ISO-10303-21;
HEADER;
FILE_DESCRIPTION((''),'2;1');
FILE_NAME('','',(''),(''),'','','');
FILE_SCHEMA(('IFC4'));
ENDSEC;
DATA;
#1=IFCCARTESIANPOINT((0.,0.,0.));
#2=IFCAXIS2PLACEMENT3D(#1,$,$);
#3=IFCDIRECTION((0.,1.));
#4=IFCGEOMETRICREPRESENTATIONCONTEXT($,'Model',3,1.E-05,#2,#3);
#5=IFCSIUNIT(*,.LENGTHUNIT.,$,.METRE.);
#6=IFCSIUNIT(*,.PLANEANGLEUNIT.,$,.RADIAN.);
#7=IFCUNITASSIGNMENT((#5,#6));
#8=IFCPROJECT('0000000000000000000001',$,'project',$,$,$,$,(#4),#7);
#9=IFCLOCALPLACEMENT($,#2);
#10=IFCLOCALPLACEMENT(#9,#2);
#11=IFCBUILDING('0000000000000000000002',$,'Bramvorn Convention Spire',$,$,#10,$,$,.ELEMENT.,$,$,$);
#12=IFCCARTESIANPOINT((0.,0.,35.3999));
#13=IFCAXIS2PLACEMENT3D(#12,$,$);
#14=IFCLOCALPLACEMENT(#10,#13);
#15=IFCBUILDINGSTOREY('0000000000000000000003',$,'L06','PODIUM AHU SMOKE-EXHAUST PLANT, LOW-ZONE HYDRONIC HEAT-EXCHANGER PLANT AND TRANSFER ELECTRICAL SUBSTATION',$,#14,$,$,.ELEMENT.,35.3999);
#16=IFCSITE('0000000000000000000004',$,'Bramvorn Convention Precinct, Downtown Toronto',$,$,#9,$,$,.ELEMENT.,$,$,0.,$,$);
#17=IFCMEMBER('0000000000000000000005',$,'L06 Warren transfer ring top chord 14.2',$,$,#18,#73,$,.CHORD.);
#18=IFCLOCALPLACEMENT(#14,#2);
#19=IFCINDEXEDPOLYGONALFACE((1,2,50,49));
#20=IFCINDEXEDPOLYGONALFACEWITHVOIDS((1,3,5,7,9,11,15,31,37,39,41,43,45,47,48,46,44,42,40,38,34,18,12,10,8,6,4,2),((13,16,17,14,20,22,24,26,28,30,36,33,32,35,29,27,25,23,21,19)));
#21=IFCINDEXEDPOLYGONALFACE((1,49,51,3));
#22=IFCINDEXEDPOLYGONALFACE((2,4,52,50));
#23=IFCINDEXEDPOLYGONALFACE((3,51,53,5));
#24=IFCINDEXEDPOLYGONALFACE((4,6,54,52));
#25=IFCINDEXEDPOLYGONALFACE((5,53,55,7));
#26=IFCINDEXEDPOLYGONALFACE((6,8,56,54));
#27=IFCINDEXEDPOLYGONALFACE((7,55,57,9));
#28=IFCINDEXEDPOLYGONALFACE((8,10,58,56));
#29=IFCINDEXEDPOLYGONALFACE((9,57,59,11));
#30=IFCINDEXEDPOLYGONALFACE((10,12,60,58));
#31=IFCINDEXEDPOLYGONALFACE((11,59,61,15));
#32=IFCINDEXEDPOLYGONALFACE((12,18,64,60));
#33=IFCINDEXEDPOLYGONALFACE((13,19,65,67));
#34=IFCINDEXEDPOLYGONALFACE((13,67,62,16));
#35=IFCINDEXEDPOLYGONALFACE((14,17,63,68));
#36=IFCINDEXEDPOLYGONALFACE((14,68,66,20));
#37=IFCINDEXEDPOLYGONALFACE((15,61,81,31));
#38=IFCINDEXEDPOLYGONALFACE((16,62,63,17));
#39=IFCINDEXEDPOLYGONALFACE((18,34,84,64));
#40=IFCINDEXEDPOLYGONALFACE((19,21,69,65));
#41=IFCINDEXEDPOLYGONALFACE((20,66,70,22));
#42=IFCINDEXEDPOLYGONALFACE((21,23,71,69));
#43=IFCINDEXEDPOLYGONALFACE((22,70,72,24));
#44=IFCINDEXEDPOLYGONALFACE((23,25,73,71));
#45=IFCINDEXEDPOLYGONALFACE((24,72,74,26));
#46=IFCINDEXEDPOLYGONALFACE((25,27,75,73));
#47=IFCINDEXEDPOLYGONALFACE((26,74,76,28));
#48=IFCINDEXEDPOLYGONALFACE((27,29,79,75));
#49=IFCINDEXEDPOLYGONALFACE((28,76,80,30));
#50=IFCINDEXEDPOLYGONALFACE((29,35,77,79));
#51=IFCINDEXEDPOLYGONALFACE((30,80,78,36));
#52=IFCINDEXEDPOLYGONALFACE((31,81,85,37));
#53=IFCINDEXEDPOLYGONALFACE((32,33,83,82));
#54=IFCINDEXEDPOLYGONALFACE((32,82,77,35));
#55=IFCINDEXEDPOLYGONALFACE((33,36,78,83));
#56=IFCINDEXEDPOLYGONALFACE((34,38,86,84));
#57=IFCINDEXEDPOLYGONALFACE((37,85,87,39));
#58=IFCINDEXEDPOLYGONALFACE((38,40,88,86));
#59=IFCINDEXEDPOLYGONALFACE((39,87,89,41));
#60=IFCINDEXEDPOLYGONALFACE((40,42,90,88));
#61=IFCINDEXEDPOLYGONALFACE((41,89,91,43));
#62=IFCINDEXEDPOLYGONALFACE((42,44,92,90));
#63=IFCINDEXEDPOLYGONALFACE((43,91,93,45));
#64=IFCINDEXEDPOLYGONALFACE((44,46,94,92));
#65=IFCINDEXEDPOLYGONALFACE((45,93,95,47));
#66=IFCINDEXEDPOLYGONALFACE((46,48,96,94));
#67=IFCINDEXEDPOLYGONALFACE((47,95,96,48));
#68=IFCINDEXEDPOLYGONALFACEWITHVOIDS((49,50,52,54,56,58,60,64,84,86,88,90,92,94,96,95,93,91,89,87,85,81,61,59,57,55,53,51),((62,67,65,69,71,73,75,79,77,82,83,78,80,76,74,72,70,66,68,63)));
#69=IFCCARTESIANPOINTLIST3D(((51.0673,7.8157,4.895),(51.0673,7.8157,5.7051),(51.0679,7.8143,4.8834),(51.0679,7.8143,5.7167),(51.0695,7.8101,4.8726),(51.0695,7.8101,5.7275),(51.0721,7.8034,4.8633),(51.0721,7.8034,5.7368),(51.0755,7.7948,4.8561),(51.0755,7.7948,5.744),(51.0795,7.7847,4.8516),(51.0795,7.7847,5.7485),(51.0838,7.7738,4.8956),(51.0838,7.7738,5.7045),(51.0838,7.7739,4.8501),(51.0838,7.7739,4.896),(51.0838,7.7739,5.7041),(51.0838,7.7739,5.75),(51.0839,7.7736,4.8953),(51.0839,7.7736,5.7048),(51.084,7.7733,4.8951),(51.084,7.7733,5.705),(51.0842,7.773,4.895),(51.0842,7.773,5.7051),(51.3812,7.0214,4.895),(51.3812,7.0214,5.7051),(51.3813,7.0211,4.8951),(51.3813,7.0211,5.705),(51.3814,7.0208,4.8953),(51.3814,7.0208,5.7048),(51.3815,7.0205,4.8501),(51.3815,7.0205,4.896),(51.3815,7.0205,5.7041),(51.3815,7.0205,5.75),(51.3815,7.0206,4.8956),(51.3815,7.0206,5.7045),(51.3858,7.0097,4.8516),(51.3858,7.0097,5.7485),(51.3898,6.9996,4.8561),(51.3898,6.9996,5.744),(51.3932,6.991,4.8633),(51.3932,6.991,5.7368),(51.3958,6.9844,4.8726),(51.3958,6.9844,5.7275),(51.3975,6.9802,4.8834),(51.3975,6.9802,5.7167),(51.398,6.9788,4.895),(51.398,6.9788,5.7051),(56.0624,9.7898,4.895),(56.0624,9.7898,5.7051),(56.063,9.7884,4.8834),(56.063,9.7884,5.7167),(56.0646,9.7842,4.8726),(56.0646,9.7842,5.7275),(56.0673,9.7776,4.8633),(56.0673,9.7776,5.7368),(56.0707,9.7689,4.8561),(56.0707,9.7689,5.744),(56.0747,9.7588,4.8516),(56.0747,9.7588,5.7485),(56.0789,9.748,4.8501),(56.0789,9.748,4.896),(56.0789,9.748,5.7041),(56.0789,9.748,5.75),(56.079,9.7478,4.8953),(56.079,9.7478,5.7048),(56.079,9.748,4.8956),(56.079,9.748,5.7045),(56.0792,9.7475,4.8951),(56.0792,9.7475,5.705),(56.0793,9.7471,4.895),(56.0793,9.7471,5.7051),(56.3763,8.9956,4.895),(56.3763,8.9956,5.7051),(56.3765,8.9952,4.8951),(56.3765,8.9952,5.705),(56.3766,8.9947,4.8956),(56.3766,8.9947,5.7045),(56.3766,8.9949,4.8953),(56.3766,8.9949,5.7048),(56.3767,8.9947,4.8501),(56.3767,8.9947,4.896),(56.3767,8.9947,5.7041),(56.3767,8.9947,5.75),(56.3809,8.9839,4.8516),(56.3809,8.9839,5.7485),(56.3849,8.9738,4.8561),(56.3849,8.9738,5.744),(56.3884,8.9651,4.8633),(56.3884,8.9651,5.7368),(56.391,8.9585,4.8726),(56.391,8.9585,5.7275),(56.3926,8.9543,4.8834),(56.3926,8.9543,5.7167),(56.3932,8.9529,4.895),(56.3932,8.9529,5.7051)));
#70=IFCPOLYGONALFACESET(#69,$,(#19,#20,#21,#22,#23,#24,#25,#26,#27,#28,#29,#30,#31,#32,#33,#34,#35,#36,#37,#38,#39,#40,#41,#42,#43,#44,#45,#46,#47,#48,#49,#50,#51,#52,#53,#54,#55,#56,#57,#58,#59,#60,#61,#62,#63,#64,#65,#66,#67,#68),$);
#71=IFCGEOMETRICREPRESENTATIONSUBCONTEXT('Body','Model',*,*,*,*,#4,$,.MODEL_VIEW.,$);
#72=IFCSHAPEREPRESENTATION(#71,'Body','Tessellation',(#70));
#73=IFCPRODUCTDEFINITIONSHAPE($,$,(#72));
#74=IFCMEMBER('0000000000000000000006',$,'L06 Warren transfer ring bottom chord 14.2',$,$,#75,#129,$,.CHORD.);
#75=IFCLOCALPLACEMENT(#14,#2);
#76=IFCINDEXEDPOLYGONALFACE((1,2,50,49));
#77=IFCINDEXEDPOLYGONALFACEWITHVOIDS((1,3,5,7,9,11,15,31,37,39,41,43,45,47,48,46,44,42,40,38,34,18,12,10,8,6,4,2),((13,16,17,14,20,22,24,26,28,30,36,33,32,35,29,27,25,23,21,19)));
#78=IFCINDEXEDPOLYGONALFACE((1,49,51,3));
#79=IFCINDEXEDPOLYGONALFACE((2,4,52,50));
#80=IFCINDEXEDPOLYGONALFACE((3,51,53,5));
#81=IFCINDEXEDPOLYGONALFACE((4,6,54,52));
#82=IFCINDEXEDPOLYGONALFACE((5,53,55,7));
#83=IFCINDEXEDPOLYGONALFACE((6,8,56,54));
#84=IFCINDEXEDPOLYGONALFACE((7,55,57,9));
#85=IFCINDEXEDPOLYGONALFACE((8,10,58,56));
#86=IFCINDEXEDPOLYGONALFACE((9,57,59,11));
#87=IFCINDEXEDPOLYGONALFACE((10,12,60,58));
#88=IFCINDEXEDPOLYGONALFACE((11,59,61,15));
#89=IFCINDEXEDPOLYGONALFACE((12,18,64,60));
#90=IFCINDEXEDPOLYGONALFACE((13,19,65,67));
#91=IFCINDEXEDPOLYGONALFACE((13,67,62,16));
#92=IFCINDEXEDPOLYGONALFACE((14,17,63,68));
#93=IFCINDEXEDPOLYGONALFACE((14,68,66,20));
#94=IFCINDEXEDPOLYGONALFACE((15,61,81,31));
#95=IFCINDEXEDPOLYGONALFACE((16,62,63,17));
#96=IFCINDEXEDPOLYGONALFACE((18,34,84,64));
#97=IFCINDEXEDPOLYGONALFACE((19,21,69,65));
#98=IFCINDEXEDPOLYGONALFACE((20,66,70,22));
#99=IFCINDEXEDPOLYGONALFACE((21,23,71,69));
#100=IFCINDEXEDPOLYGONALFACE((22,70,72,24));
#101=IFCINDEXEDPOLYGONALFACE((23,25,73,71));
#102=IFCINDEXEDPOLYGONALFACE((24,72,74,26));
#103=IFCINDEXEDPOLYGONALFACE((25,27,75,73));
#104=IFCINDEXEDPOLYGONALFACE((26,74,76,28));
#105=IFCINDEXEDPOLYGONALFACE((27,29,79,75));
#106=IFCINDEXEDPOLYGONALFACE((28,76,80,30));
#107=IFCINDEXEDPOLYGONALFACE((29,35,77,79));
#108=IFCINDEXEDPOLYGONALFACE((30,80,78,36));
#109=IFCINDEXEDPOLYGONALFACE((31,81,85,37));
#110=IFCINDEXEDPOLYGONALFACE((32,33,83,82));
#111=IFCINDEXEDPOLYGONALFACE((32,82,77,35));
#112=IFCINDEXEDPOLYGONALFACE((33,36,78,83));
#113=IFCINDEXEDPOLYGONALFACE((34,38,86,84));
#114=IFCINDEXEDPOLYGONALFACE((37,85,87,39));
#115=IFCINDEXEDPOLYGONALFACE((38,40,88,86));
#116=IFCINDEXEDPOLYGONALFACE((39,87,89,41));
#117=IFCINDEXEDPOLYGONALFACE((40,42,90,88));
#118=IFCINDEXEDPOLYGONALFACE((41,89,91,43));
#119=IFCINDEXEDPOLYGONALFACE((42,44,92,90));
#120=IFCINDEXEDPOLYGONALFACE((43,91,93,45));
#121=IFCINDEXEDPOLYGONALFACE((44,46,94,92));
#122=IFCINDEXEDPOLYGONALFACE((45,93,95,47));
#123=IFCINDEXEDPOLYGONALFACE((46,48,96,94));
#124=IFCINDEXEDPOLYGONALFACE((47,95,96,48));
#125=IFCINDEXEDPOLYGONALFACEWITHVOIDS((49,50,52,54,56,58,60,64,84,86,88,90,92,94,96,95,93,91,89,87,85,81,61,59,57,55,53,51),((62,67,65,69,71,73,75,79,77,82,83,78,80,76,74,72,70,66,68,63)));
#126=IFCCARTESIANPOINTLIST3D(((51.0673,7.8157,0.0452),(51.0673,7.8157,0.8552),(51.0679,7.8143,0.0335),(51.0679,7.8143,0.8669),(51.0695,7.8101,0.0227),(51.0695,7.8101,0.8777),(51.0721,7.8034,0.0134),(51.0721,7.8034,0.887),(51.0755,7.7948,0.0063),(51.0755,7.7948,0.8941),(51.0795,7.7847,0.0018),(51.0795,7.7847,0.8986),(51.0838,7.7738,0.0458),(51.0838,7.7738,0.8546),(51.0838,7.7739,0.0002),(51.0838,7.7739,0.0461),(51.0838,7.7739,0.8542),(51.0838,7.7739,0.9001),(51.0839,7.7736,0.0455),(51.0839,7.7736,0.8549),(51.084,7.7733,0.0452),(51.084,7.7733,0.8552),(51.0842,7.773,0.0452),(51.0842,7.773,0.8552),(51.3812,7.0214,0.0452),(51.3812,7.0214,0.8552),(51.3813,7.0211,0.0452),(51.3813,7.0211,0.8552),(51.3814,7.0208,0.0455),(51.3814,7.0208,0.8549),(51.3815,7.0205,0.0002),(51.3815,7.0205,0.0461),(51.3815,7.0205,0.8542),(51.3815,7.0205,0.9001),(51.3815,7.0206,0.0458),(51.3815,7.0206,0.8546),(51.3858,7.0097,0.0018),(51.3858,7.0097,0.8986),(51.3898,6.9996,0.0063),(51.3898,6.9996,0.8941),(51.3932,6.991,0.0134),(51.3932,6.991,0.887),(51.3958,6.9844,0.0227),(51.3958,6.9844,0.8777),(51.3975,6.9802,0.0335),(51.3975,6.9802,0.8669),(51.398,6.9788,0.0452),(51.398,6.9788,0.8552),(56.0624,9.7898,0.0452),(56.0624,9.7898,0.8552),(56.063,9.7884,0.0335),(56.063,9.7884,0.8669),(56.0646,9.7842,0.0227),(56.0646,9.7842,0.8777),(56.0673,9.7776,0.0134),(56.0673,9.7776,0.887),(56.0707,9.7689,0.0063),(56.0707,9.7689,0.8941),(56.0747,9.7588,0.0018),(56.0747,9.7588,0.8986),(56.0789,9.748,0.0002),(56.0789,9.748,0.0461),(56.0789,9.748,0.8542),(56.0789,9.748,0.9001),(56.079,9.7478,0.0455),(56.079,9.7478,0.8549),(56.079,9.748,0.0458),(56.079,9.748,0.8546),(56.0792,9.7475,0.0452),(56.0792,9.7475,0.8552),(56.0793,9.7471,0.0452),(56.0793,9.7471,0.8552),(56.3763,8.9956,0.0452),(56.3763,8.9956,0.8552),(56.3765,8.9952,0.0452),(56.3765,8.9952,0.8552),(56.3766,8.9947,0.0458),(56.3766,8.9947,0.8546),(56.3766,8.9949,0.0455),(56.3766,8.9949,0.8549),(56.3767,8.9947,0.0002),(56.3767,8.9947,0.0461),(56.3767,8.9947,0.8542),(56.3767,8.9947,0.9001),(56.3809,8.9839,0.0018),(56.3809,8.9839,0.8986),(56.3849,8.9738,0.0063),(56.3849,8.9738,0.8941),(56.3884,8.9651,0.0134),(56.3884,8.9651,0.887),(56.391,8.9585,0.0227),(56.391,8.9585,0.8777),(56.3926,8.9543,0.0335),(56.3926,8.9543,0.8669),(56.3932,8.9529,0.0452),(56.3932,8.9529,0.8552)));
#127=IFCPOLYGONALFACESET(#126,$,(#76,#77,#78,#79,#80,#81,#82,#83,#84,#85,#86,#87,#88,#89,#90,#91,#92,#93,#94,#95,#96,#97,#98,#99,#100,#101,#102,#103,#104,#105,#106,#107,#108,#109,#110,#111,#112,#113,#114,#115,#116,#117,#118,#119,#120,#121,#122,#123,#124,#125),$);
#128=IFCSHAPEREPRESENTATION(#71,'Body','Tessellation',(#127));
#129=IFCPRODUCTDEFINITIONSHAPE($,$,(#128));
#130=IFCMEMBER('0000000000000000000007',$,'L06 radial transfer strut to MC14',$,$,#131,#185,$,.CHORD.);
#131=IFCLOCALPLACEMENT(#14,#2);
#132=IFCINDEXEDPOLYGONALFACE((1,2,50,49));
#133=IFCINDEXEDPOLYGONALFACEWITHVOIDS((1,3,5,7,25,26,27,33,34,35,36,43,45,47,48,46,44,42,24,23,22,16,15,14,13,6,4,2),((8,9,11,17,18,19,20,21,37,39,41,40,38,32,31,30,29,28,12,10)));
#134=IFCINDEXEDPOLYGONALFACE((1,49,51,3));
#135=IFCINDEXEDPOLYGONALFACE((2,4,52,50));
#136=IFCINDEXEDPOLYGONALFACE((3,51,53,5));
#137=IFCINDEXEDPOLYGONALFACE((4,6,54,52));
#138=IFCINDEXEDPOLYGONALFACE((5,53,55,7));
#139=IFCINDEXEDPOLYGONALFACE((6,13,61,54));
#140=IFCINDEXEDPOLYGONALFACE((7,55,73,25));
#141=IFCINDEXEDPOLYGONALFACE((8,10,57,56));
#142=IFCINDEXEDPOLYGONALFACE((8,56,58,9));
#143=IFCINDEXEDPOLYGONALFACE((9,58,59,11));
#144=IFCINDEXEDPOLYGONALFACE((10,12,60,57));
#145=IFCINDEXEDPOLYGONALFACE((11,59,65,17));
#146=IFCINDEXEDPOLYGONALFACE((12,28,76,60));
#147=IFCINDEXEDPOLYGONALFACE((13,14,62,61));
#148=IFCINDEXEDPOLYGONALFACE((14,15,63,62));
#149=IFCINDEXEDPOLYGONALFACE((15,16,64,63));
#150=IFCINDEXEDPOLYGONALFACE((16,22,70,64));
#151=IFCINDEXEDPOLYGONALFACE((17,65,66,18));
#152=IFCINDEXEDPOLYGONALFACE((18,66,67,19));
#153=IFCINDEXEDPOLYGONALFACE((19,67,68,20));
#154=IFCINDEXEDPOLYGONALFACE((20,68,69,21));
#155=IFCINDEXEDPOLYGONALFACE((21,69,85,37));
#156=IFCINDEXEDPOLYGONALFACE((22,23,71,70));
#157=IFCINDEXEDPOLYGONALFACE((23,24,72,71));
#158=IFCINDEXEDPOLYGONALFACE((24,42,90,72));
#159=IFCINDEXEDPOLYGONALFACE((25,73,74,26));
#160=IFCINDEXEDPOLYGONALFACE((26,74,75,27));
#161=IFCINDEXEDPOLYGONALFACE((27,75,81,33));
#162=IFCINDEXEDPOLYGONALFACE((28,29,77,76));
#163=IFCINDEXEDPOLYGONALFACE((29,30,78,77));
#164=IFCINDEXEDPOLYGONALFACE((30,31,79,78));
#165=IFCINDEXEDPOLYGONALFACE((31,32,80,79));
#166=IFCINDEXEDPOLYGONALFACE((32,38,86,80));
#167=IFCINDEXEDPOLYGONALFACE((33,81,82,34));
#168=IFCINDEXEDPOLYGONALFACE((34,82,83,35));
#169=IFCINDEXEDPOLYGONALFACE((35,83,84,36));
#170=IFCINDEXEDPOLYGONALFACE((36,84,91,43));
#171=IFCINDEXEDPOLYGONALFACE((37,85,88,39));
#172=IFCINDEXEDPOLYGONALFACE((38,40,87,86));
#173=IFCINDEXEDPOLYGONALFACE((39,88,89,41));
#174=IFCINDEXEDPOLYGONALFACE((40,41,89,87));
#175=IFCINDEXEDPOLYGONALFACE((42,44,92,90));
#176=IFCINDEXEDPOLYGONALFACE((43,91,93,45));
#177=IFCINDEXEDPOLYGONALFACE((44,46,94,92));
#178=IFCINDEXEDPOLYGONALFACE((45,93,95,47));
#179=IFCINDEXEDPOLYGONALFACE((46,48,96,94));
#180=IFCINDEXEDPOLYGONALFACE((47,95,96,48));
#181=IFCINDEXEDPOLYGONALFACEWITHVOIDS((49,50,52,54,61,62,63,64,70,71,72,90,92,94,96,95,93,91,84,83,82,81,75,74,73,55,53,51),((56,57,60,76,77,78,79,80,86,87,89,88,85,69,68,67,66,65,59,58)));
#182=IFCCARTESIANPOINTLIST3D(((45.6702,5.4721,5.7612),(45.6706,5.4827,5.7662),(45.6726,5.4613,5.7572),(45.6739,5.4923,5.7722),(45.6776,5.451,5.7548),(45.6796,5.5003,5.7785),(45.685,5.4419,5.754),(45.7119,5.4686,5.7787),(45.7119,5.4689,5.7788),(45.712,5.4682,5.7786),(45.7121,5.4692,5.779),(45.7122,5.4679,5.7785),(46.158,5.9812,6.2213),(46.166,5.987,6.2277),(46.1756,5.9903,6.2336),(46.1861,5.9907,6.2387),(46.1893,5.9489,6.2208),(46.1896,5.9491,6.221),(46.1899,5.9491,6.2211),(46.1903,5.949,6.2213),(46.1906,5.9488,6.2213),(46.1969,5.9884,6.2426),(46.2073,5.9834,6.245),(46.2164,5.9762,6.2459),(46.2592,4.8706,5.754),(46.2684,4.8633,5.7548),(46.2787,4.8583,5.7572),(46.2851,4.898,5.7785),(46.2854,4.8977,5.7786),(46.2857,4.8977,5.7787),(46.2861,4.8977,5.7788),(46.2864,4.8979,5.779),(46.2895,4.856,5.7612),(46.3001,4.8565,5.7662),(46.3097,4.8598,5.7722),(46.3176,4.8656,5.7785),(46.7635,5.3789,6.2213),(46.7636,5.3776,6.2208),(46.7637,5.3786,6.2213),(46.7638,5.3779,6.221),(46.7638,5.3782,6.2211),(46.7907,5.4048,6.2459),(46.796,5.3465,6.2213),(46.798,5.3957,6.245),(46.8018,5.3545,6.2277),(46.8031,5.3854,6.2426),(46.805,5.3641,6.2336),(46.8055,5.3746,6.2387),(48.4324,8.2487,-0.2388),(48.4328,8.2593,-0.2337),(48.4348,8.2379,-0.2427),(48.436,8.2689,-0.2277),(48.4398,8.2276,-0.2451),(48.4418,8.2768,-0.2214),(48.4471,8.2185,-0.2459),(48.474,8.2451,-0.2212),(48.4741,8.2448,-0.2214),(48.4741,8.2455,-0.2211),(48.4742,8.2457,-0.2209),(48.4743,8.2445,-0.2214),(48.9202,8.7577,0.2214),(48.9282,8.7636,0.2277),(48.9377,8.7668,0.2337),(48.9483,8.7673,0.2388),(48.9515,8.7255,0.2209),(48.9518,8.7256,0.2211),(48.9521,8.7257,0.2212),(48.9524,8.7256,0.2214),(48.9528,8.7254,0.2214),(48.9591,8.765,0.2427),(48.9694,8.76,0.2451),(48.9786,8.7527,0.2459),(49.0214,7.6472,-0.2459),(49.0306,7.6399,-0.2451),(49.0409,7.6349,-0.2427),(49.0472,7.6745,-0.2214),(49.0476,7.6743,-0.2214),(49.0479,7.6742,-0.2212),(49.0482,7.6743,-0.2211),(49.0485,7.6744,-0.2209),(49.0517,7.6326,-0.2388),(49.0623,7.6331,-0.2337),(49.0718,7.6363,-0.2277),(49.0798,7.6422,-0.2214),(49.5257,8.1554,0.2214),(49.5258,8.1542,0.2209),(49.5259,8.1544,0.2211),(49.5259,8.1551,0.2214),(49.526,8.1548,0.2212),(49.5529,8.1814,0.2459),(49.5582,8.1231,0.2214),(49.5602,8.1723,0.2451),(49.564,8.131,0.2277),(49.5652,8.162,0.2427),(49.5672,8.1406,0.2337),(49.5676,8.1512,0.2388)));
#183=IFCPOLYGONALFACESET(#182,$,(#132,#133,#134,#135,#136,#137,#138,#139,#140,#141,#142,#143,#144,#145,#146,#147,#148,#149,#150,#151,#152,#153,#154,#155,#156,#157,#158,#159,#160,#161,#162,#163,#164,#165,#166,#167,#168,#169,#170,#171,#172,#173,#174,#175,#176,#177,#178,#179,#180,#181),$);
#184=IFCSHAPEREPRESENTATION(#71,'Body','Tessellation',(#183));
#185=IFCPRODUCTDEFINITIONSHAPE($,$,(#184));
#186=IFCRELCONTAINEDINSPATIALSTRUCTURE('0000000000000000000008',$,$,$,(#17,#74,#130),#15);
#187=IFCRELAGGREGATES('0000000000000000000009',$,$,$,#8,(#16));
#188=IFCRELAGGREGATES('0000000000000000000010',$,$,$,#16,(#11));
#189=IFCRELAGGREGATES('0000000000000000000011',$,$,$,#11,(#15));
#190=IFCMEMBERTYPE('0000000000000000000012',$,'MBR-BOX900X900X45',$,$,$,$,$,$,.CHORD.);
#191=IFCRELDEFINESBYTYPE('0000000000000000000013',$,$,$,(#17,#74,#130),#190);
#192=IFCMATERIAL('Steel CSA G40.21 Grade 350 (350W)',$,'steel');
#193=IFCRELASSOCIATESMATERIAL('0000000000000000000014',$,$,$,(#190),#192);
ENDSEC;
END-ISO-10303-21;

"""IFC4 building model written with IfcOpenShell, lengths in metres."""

from ifc_helpers import new_model, si_unit, direction, frame, origin, origin_2d, place, context, subcontext, project, spatial, hollow_rectangle, extrude, material, material_profile, profile_set, type_object, element, save


model = new_model("IFC4")

# Units and contexts
model_context = context("Model", 3, precision=1e-05, world=origin(), true_north=direction((0.0, 1.0)))
body_context = subcontext(model_context, "Body", "Model", "MODEL_VIEW")
ifc_project = project(units=[si_unit("LENGTHUNIT", "METRE"), si_unit("PLANEANGLEUNIT", "RADIAN")], contexts=[model_context])

# Site, building, storey
site_placement = place(None, origin())
site = spatial("IfcSite", under=ifc_project, at=site_placement, Name="Bramvorn Convention Precinct, Downtown Toronto", CompositionType="ELEMENT", RefElevation=0.0)
building_placement = place(site_placement, origin())
building = spatial("IfcBuilding", under=site, at=building_placement, Name="Bramvorn Convention Spire", CompositionType="ELEMENT")
storey_placement = place(building_placement, frame((0.0, 0.0, 35.3999)))
storey = spatial("IfcBuildingStorey", under=building, at=storey_placement, Name="L06", Description="PODIUM AHU SMOKE-EXHAUST PLANT, LOW-ZONE HYDRONIC HEAT-EXCHANGER PLANT AND TRANSFER ELECTRICAL SUBSTATION", CompositionType="ELEMENT", Elevation=35.3999)

# Shared definitions
ifc_material_1 = material(Name="Steel CSA G40.21 Grade 350 (350W)", Category="steel")

# Members
ifc_material_profile_1 = material_profile(ifc_material_1, hollow_rectangle(XDim=0.8999, YDim=0.8999, WallThickness=0.0449, InnerFilletRadius=0.001, OuterFilletRadius=0.0449, at=origin_2d()))
ifc_profile_set_1 = profile_set([ifc_material_profile_1], Name="Steel CSA G40.21 Grade 350 (350W) - BOX900X900X45")
member_type_1 = type_object("IfcMemberType", Name="MBR-BOX900X900X45", PredefinedType="CHORD", material=ifc_profile_set_1)
for number, where, z_axis, x_axis, name in (
    (1, (51.2327, 7.3972, 5.3), (0.930005, 0.367547, 0.0), (-0.367547, 0.930005, 0.0), "L06 Warren transfer ring top chord 14.2"),
    (2, (51.2327, 7.3972, 0.4502), (0.930005, 0.367547, 0.0), (-0.367547, 0.930005, 0.0), "L06 Warren transfer ring bottom chord 14.2"),
):
    element("IfcMember", number, at=place(storey_placement, frame(where, z_axis=z_axis, x_axis=x_axis)), inside=storey, type_object=member_type_1, Name=name, PredefinedType="CHORD", context=body_context, shape_type="SweptSolid", body=[
        extrude(hollow_rectangle(XDim=0.8999, YDim=0.8999, WallThickness=0.0449, InnerFilletRadius=0.001, OuterFilletRadius=0.0449, at=origin_2d()), origin(), (0.0, 0.0, 1.0), 5.3711),
    ])
member_1_placement = place(storey_placement, frame((49.0, 8.2, 0.0), z_axis=(-0.385506, -0.387516, 0.837387), x_axis=(0.708943, -0.705265, 0.0)))
element("IfcMember", 3, at=member_1_placement, inside=storey, type_object=member_type_1, Name="L06 radial transfer strut to MC14", PredefinedType="CHORD", context=body_context, shape_type="SweptSolid", body=[
    extrude(hollow_rectangle(XDim=0.8999, YDim=0.8999, WallThickness=0.0449, InnerFilletRadius=0.001, OuterFilletRadius=0.0449, at=origin_2d()), origin(), (0.0, 0.0, 1.0), 7.165),
])

save(model, "model.ifc")
